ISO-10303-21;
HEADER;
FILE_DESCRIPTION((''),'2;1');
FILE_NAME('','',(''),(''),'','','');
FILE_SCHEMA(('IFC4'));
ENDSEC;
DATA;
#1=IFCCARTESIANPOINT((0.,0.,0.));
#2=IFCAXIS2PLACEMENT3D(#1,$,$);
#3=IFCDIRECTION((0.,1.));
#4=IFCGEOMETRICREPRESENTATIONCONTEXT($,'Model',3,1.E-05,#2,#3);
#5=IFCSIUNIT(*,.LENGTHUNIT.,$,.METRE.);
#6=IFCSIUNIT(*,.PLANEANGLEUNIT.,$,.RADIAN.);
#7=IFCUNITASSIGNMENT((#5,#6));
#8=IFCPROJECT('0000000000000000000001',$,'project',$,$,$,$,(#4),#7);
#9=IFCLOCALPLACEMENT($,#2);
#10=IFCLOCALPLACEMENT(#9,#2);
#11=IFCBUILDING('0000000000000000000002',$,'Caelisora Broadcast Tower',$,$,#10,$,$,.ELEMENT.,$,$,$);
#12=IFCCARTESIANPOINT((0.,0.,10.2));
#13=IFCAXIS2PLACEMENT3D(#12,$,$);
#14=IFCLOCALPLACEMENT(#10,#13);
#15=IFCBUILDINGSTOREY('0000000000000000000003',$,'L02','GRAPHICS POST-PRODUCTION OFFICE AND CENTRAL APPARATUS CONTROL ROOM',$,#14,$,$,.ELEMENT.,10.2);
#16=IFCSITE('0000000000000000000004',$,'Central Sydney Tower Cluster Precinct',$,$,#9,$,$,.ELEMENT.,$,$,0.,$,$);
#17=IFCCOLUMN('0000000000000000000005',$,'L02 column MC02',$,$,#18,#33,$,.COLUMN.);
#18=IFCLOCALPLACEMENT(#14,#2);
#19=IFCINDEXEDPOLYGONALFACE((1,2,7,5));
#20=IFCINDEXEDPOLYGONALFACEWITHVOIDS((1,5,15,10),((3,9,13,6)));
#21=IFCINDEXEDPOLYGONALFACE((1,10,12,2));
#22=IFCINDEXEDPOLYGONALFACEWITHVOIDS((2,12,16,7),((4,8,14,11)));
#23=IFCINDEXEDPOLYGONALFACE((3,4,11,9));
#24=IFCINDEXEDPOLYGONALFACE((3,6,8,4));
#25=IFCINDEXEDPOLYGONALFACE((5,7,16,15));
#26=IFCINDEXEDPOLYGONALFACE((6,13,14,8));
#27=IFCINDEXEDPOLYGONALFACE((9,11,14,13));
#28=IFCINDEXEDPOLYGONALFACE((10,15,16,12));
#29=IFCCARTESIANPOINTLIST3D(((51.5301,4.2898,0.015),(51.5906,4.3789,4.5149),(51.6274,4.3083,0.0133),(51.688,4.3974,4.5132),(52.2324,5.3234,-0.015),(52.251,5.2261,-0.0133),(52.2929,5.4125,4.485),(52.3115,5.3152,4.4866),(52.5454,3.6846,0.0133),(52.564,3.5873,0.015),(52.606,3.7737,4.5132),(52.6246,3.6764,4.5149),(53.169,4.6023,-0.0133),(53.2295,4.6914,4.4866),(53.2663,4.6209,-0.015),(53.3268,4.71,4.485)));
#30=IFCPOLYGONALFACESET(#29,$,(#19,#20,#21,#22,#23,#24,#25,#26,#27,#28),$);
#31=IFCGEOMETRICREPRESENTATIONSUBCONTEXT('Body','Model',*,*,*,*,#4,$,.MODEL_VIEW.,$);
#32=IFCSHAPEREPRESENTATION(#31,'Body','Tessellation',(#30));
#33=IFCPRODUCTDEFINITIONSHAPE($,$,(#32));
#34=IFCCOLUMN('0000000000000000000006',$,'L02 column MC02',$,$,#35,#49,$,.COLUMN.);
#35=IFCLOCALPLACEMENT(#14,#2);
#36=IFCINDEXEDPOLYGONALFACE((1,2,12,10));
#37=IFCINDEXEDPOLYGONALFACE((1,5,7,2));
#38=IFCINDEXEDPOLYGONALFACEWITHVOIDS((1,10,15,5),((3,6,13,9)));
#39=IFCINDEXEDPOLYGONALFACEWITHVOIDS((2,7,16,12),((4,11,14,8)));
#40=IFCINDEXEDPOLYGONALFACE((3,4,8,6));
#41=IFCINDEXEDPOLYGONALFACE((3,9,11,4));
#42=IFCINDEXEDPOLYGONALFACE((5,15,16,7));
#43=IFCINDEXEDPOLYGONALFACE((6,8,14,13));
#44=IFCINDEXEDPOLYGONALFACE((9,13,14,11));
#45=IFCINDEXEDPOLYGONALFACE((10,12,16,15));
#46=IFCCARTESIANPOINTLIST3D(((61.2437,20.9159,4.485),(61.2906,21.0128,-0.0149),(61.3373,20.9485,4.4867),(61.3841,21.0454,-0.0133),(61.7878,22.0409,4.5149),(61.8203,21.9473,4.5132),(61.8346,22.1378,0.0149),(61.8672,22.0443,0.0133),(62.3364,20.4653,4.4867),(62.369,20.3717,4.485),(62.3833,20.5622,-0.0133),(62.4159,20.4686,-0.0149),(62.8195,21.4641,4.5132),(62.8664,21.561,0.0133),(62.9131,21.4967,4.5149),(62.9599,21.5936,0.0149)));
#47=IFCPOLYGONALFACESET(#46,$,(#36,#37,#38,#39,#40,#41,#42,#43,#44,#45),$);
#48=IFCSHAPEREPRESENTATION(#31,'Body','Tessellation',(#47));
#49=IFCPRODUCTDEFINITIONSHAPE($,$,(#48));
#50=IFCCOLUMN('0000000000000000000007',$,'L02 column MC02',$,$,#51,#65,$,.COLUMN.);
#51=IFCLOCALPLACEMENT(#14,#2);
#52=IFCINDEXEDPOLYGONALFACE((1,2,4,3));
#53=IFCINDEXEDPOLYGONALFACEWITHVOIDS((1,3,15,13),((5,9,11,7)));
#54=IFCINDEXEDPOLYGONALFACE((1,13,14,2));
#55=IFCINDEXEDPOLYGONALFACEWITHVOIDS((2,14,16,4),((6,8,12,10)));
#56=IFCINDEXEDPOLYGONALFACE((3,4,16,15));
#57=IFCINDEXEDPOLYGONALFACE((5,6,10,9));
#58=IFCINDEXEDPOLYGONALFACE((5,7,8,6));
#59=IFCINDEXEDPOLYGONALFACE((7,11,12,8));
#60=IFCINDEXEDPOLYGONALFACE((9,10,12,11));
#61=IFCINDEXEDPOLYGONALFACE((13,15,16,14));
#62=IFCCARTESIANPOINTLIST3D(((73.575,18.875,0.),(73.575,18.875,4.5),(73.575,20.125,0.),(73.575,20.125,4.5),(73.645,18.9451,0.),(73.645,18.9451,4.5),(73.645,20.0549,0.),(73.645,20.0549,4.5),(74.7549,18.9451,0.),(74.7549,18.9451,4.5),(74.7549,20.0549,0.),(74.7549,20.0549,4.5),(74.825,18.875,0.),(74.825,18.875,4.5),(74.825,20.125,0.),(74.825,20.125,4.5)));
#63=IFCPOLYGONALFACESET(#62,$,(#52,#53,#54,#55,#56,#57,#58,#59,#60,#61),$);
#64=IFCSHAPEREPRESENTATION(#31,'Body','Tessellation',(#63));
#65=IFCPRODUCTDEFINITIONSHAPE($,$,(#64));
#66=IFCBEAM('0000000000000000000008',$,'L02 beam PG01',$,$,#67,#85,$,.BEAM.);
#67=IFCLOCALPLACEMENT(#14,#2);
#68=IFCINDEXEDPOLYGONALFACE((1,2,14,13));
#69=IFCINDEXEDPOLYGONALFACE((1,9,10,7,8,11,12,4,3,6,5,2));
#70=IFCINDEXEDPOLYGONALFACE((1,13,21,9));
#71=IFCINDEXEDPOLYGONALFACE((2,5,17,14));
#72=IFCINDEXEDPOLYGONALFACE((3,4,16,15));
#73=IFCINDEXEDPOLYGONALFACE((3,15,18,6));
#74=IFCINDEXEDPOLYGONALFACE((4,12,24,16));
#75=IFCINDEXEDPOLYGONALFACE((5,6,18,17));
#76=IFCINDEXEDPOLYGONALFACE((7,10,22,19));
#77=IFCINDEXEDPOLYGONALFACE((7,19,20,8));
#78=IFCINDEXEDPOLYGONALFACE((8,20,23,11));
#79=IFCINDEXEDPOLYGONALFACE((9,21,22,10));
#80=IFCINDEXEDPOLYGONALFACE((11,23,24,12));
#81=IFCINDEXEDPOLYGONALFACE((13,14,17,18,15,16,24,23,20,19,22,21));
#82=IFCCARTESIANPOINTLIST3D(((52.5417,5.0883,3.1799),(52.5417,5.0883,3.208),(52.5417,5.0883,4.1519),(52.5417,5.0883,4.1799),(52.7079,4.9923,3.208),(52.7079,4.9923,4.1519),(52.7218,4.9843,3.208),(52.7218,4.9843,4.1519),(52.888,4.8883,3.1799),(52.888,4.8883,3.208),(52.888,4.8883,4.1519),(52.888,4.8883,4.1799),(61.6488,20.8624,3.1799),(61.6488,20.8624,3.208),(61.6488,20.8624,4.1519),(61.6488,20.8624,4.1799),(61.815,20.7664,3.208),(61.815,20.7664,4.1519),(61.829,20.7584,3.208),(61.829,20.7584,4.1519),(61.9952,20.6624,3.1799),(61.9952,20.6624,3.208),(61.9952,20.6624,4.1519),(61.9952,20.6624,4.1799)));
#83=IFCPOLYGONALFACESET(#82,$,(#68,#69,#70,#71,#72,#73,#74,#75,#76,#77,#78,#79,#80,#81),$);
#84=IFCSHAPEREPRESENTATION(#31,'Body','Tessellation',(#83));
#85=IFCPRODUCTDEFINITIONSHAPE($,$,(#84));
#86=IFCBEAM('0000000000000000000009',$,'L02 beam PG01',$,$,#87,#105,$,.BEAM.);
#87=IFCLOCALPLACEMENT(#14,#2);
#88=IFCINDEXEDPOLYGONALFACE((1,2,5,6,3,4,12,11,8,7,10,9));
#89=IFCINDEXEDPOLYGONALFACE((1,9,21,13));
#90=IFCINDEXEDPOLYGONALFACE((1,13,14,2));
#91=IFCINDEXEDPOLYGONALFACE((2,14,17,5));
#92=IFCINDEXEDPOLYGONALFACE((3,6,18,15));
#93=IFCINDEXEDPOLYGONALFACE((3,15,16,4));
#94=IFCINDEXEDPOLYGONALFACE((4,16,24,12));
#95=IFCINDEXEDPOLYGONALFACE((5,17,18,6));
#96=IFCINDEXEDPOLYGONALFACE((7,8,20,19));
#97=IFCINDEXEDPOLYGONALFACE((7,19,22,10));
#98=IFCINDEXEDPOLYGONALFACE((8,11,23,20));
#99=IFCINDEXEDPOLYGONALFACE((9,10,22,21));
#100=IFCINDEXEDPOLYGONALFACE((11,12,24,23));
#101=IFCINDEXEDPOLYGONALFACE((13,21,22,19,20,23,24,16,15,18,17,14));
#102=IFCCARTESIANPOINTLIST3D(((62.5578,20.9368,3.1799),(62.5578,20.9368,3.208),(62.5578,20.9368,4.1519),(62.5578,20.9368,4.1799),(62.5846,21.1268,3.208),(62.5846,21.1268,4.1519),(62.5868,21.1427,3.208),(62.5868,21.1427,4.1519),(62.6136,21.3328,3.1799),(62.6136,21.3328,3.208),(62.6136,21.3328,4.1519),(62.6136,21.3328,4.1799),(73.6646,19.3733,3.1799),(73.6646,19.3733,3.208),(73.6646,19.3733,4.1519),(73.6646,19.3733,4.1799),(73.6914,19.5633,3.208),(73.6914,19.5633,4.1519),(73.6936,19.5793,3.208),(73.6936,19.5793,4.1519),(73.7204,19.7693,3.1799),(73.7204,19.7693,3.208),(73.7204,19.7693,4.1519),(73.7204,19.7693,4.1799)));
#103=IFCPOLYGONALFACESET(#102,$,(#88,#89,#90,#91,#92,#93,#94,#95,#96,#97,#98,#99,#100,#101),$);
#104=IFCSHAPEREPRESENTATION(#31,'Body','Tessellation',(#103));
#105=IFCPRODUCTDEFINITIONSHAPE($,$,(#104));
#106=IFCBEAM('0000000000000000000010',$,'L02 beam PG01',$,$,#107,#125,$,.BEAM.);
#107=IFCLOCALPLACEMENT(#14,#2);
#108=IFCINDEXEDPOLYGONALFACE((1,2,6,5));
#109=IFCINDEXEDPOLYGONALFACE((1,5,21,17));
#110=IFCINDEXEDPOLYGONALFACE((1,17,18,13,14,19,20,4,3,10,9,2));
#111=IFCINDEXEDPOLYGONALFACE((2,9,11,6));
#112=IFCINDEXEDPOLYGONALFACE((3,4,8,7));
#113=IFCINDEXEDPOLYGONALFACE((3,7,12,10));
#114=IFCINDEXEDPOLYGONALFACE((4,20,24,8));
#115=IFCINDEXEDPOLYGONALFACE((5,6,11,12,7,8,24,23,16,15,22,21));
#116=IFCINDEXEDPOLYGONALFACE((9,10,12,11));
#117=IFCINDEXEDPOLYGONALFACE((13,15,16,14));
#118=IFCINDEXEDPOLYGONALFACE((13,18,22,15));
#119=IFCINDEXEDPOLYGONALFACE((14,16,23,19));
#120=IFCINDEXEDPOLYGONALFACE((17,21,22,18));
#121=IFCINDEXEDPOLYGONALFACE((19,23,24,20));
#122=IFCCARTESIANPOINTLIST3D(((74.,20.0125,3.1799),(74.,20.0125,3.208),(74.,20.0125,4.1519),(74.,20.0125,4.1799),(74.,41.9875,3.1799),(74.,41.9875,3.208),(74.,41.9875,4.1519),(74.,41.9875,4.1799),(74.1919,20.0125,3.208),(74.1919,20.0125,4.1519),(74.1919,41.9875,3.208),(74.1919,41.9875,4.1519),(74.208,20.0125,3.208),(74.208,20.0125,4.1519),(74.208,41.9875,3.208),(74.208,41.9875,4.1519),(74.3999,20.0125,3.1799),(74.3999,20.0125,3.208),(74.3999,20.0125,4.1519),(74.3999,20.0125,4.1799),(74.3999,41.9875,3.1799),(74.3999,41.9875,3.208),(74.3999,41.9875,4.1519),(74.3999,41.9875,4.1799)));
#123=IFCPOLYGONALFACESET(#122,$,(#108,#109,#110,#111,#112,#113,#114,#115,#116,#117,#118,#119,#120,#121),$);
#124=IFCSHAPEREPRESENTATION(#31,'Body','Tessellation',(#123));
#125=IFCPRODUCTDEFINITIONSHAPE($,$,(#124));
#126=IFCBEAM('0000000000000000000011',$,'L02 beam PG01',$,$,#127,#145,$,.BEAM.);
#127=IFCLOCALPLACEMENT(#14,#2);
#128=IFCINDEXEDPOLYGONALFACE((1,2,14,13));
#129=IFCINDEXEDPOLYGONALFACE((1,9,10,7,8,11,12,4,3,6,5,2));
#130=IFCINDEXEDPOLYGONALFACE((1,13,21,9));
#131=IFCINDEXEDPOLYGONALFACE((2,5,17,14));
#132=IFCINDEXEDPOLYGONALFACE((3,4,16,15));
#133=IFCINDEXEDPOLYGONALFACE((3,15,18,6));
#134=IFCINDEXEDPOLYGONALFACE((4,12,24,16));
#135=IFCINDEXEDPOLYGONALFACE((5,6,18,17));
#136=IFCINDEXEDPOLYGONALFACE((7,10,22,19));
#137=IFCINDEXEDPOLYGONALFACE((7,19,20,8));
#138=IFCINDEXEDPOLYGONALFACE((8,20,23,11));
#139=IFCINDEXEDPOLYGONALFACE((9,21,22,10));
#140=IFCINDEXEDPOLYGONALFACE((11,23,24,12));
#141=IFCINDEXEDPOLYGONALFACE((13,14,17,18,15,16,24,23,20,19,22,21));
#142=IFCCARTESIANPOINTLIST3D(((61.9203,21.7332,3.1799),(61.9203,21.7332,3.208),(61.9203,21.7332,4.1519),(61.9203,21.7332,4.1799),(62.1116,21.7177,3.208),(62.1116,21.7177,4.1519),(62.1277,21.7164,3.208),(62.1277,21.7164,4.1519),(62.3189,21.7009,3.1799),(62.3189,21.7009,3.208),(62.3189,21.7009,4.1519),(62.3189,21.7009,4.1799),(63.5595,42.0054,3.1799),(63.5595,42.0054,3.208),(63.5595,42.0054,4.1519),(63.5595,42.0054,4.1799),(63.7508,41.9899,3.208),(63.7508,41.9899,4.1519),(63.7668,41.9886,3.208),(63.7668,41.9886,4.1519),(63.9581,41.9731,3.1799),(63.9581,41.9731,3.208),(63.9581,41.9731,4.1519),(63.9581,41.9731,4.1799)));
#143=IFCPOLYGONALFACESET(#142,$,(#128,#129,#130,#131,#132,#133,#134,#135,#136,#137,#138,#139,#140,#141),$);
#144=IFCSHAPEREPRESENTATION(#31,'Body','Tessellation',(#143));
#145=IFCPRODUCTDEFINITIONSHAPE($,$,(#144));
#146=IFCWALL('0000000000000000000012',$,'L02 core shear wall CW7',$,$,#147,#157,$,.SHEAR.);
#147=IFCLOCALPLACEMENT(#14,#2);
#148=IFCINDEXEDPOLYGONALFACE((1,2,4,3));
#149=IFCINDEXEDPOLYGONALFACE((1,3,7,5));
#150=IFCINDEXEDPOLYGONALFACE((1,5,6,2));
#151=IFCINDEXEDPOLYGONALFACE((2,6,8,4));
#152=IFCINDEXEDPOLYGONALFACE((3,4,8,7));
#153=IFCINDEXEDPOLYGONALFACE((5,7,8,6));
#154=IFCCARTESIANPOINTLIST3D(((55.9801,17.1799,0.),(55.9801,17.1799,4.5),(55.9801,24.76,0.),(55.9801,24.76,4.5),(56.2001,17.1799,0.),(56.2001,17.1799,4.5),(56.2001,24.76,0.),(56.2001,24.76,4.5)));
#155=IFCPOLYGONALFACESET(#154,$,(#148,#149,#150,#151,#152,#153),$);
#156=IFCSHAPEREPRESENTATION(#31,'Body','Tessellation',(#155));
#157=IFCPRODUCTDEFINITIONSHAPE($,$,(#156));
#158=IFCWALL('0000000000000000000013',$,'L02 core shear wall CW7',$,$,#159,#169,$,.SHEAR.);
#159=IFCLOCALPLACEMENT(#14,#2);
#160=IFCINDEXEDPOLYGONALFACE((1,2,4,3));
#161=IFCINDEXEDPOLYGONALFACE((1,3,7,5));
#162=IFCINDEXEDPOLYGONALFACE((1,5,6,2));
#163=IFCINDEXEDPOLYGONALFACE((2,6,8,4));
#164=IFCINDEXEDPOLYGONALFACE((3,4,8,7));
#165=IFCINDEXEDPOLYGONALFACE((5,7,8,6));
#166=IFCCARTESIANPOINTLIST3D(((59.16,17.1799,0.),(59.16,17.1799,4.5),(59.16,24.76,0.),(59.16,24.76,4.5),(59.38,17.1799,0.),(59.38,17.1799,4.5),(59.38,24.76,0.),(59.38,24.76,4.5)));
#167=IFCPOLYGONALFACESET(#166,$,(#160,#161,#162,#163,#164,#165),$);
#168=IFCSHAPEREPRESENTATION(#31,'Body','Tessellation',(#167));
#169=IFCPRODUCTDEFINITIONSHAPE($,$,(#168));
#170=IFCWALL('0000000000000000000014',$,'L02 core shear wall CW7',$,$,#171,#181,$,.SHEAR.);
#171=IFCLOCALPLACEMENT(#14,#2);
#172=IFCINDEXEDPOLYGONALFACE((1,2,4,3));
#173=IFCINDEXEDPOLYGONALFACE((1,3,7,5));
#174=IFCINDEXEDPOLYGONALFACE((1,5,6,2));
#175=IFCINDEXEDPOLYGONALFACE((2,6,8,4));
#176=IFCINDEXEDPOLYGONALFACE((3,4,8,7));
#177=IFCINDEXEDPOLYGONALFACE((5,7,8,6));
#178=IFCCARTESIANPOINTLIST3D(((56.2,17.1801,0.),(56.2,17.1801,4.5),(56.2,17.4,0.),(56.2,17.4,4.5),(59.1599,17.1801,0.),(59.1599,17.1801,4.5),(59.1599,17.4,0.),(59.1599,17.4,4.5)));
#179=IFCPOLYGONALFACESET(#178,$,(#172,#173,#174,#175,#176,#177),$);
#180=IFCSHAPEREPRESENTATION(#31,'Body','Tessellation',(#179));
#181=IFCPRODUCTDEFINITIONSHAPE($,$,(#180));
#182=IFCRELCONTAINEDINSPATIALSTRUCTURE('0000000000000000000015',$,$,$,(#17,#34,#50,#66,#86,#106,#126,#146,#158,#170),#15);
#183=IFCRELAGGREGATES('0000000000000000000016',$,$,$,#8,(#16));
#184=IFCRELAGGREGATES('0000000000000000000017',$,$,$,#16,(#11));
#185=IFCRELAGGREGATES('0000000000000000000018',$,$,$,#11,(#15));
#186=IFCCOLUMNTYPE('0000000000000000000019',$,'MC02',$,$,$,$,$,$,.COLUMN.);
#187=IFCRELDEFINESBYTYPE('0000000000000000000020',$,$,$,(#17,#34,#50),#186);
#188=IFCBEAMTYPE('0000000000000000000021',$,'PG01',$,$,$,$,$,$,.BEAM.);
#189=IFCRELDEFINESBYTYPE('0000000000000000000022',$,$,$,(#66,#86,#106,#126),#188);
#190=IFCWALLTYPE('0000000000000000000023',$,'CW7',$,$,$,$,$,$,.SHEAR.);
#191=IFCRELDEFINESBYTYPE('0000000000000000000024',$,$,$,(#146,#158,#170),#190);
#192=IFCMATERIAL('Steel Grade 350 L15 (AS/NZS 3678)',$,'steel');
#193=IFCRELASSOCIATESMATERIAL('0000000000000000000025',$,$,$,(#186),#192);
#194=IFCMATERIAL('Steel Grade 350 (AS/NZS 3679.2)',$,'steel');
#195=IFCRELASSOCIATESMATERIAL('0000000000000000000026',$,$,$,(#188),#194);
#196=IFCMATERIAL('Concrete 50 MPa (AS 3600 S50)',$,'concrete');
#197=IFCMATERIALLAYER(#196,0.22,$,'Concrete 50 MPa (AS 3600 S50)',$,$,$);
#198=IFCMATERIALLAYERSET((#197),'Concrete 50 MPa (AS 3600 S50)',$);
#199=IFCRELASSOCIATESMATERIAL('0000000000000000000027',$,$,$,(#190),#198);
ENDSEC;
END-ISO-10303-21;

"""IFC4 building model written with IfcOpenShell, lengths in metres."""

from ifc_helpers import new_model, si_unit, direction, frame, frame_2d, origin, origin_2d, place, context, subcontext, project, spatial, rectangle, hollow_rectangle, i_section, extrude, source, transform, mapped, material, layer, layer_set, material_profile, profile_set, type_object, type_shapes, element, save


model = new_model("IFC4")

# Units and contexts
model_context = context("Model", 3, precision=1e-05, world=origin(), true_north=direction((0.0, 1.0)))
body_context = subcontext(model_context, "Body", "Model", "MODEL_VIEW")
ifc_project = project(units=[si_unit("LENGTHUNIT", "METRE"), si_unit("PLANEANGLEUNIT", "RADIAN")], contexts=[model_context])

# Site, building, storey
site_placement = place(None, origin())
site = spatial("IfcSite", under=ifc_project, at=site_placement, Name="Central Sydney Tower Cluster Precinct", CompositionType="ELEMENT", RefElevation=0.0)
building_placement = place(site_placement, origin())
building = spatial("IfcBuilding", under=site, at=building_placement, Name="Caelisora Broadcast Tower", CompositionType="ELEMENT")
storey_placement = place(building_placement, frame((0.0, 0.0, 10.2)))
storey = spatial("IfcBuildingStorey", under=building, at=storey_placement, Name="L02", Description="GRAPHICS POST-PRODUCTION OFFICE AND CENTRAL APPARATUS CONTROL ROOM", CompositionType="ELEMENT", Elevation=10.2)

# Columns
ifc_material_1 = material(Name="Steel Grade 350 L15 (AS/NZS 3678)", Category="steel")
ifc_material_profile_1 = material_profile(ifc_material_1, hollow_rectangle(XDim=1.25, YDim=1.25, WallThickness=0.0701, at=origin_2d()), Name="Steel Grade 350 L15 (AS/NZS 3678)")
ifc_profile_set_1 = profile_set([ifc_material_profile_1], Name="Steel Grade 350 L15 (AS/NZS 3678)")
column_type = type_object("IfcColumnType", Name="MC02", PredefinedType="COLUMN", material=ifc_profile_set_1)
shared_shape_1 = source(origin(), body_context, "Body", "SweptSolid", [
    extrude(hollow_rectangle(XDim=1.25, YDim=1.25, WallThickness=0.0701, at=origin_2d()), origin(), (0.0, 0.0, 1.0), 4.5012),
])
for number, where, z_axis, x_axis, name in (
    (1, (52.3982, 4.4553, 0.0), (0.013451, 0.019797, 0.999714), (-0.827137, 0.562, 0.0), "L02 column MC02"),
    (2, (62.1252, 21.3032, 0.0), (-0.010414, -0.021532, 0.999714), (0.900245, -0.435383, 0.0), "L02 column MC02"),
):
    element("IfcColumn", number, at=place(storey_placement, frame(where, z_axis=z_axis, x_axis=x_axis)), inside=storey, type_object=column_type, Name=name, PredefinedType="COLUMN", context=body_context, shape_type="MappedRepresentation", body=[
        mapped(shared_shape_1, transform((0.0, 0.0, 0.0), scale=1.0)),
    ])
shared_shape_2 = source(origin(), body_context, "Body", "SweptSolid", [
    extrude(hollow_rectangle(XDim=1.25, YDim=1.25, WallThickness=0.0701, at=origin_2d()), origin(), (0.0, 0.0, 1.0), 4.5),
])
type_shapes(column_type, [shared_shape_1, shared_shape_2])
column_placement = place(storey_placement, frame((74.2, 19.5, 0.0), z_axis=(0.0, 0.0, 1.0), x_axis=(1.0, 0.0, 0.0)))
element("IfcColumn", 3, at=column_placement, inside=storey, type_object=column_type, Name="L02 column MC02", PredefinedType="COLUMN", context=body_context, shape_type="MappedRepresentation", body=[
    mapped(shared_shape_2, transform((0.0, 0.0, 0.0), scale=1.0)),
])

# Beams
ifc_material_2 = material(Name="Steel Grade 350 (AS/NZS 3679.2)", Category="steel")
ifc_material_profile_2 = material_profile(ifc_material_2, i_section(OverallWidth=0.3999, OverallDepth=1.0, WebThickness=0.0161, FlangeThickness=0.0281, at=origin_2d()), Name="Steel Grade 350 (AS/NZS 3679.2)")
ifc_profile_set_2 = profile_set([ifc_material_profile_2], Name="Steel Grade 350 (AS/NZS 3679.2)")
beam_type = type_object("IfcBeamType", Name="PG01", PredefinedType="BEAM", material=ifc_profile_set_2)
shared_shape_3 = source(origin(), body_context, "Body", "SweptSolid", [
    extrude(i_section(OverallWidth=0.3999, OverallDepth=1.0, WebThickness=0.0161, FlangeThickness=0.0281, at=origin_2d()), origin(), (0.0, 0.0, 1.0), 18.2144),
])
beam_1_placement = place(storey_placement, frame((52.7148, 4.9883, 3.6799), z_axis=(0.499998, 0.866026, 0.0), x_axis=(-0.866026, 0.499998, 0.0)))
element("IfcBeam", 4, at=beam_1_placement, inside=storey, type_object=beam_type, Name="L02 beam PG01", PredefinedType="BEAM", context=body_context, shape_type="MappedRepresentation", body=[
    mapped(shared_shape_3, transform((0.0, 0.0, 0.0), scale=1.0)),
])
shared_shape_4 = source(origin(), body_context, "Body", "SweptSolid", [
    extrude(i_section(OverallWidth=0.3999, OverallDepth=1.0, WebThickness=0.0161, FlangeThickness=0.0281, at=origin_2d()), origin(), (0.0, 0.0, 1.0), 11.2163),
])
beam_2_placement = place(storey_placement, frame((62.5857, 21.1348, 3.6799), z_axis=(0.990237, -0.139395, 0.0), x_axis=(0.139395, 0.990237, 0.0)))
element("IfcBeam", 5, at=beam_2_placement, inside=storey, type_object=beam_type, Name="L02 beam PG01", PredefinedType="BEAM", context=body_context, shape_type="MappedRepresentation", body=[
    mapped(shared_shape_4, transform((0.0, 0.0, 0.0), scale=1.0)),
])
shared_shape_5 = source(origin(), body_context, "Body", "SweptSolid", [
    extrude(i_section(OverallWidth=0.3999, OverallDepth=1.0, WebThickness=0.0161, FlangeThickness=0.0281, at=origin_2d()), origin(), (0.0, 0.0, 1.0), 21.9751),
])
beam_3_placement = place(storey_placement, frame((74.2, 20.0125, 3.6799), z_axis=(0.0, 1.0, 0.0), x_axis=(-1.0, 0.0, 0.0)))
element("IfcBeam", 6, at=beam_3_placement, inside=storey, type_object=beam_type, Name="L02 beam PG01", PredefinedType="BEAM", context=body_context, shape_type="MappedRepresentation", body=[
    mapped(shared_shape_5, transform((0.0, 0.0, 0.0), scale=1.0)),
])
shared_shape_6 = source(origin(), body_context, "Body", "SweptSolid", [
    extrude(i_section(OverallWidth=0.3999, OverallDepth=1.0, WebThickness=0.0161, FlangeThickness=0.0281, at=origin_2d()), origin(), (0.0, 0.0, 1.0), 20.3384),
])
type_shapes(beam_type, [shared_shape_3, shared_shape_4, shared_shape_5, shared_shape_6])
beam_4_placement = place(storey_placement, frame((62.1196, 21.717, 3.6799), z_axis=(0.080594, 0.996747, 0.0), x_axis=(-0.996747, 0.080594, 0.0)))
element("IfcBeam", 7, at=beam_4_placement, inside=storey, type_object=beam_type, Name="L02 beam PG01", PredefinedType="BEAM", context=body_context, shape_type="MappedRepresentation", body=[
    mapped(shared_shape_6, transform((0.0, 0.0, 0.0), scale=1.0)),
])

# Walls
ifc_material_3 = material(Name="Concrete 50 MPa (AS 3600 S50)", Category="concrete")
ifc_layer_1 = layer(ifc_material_3, 0.22, Name="Concrete 50 MPa (AS 3600 S50)")
ifc_layer_set_1 = layer_set([ifc_layer_1], Name="Concrete 50 MPa (AS 3600 S50)")
wall_type_1 = type_object("IfcWallType", Name="CW7", PredefinedType="SHEAR", material=ifc_layer_set_1)
for number, where, z_axis, x_axis, name in (
    (8, (56.0901, 17.1799, 0.0), (0.0, 0.0, 1.0), (0.0, 1.0, 0.0), "L02 core shear wall CW7"),
    (9, (59.27, 17.1799, 0.0), (0.0, 0.0, 1.0), (0.0, 1.0, 0.0), "L02 core shear wall CW7"),
):
    element("IfcWall", number, at=place(storey_placement, frame(where, z_axis=z_axis, x_axis=x_axis)), inside=storey, type_object=wall_type_1, Name=name, PredefinedType="SHEAR", context=body_context, shape_type="SweptSolid", body=[
        extrude(rectangle(XDim=7.5801, YDim=0.22, at=frame_2d((3.79, 0.0))), origin(), (0.0, 0.0, 1.0), 4.5),
    ])
wall_1_placement = place(storey_placement, frame((56.2, 17.29, 0.0), z_axis=(0.0, 0.0, 1.0), x_axis=(1.0, 0.0, 0.0)))
element("IfcWall", 10, at=wall_1_placement, inside=storey, type_object=wall_type_1, Name="L02 core shear wall CW7", PredefinedType="SHEAR", context=body_context, shape_type="SweptSolid", body=[
    extrude(rectangle(XDim=2.96, YDim=0.22, at=frame_2d((1.48, 0.0))), origin(), (0.0, 0.0, 1.0), 4.5),
])

save(model, "model.ifc")
